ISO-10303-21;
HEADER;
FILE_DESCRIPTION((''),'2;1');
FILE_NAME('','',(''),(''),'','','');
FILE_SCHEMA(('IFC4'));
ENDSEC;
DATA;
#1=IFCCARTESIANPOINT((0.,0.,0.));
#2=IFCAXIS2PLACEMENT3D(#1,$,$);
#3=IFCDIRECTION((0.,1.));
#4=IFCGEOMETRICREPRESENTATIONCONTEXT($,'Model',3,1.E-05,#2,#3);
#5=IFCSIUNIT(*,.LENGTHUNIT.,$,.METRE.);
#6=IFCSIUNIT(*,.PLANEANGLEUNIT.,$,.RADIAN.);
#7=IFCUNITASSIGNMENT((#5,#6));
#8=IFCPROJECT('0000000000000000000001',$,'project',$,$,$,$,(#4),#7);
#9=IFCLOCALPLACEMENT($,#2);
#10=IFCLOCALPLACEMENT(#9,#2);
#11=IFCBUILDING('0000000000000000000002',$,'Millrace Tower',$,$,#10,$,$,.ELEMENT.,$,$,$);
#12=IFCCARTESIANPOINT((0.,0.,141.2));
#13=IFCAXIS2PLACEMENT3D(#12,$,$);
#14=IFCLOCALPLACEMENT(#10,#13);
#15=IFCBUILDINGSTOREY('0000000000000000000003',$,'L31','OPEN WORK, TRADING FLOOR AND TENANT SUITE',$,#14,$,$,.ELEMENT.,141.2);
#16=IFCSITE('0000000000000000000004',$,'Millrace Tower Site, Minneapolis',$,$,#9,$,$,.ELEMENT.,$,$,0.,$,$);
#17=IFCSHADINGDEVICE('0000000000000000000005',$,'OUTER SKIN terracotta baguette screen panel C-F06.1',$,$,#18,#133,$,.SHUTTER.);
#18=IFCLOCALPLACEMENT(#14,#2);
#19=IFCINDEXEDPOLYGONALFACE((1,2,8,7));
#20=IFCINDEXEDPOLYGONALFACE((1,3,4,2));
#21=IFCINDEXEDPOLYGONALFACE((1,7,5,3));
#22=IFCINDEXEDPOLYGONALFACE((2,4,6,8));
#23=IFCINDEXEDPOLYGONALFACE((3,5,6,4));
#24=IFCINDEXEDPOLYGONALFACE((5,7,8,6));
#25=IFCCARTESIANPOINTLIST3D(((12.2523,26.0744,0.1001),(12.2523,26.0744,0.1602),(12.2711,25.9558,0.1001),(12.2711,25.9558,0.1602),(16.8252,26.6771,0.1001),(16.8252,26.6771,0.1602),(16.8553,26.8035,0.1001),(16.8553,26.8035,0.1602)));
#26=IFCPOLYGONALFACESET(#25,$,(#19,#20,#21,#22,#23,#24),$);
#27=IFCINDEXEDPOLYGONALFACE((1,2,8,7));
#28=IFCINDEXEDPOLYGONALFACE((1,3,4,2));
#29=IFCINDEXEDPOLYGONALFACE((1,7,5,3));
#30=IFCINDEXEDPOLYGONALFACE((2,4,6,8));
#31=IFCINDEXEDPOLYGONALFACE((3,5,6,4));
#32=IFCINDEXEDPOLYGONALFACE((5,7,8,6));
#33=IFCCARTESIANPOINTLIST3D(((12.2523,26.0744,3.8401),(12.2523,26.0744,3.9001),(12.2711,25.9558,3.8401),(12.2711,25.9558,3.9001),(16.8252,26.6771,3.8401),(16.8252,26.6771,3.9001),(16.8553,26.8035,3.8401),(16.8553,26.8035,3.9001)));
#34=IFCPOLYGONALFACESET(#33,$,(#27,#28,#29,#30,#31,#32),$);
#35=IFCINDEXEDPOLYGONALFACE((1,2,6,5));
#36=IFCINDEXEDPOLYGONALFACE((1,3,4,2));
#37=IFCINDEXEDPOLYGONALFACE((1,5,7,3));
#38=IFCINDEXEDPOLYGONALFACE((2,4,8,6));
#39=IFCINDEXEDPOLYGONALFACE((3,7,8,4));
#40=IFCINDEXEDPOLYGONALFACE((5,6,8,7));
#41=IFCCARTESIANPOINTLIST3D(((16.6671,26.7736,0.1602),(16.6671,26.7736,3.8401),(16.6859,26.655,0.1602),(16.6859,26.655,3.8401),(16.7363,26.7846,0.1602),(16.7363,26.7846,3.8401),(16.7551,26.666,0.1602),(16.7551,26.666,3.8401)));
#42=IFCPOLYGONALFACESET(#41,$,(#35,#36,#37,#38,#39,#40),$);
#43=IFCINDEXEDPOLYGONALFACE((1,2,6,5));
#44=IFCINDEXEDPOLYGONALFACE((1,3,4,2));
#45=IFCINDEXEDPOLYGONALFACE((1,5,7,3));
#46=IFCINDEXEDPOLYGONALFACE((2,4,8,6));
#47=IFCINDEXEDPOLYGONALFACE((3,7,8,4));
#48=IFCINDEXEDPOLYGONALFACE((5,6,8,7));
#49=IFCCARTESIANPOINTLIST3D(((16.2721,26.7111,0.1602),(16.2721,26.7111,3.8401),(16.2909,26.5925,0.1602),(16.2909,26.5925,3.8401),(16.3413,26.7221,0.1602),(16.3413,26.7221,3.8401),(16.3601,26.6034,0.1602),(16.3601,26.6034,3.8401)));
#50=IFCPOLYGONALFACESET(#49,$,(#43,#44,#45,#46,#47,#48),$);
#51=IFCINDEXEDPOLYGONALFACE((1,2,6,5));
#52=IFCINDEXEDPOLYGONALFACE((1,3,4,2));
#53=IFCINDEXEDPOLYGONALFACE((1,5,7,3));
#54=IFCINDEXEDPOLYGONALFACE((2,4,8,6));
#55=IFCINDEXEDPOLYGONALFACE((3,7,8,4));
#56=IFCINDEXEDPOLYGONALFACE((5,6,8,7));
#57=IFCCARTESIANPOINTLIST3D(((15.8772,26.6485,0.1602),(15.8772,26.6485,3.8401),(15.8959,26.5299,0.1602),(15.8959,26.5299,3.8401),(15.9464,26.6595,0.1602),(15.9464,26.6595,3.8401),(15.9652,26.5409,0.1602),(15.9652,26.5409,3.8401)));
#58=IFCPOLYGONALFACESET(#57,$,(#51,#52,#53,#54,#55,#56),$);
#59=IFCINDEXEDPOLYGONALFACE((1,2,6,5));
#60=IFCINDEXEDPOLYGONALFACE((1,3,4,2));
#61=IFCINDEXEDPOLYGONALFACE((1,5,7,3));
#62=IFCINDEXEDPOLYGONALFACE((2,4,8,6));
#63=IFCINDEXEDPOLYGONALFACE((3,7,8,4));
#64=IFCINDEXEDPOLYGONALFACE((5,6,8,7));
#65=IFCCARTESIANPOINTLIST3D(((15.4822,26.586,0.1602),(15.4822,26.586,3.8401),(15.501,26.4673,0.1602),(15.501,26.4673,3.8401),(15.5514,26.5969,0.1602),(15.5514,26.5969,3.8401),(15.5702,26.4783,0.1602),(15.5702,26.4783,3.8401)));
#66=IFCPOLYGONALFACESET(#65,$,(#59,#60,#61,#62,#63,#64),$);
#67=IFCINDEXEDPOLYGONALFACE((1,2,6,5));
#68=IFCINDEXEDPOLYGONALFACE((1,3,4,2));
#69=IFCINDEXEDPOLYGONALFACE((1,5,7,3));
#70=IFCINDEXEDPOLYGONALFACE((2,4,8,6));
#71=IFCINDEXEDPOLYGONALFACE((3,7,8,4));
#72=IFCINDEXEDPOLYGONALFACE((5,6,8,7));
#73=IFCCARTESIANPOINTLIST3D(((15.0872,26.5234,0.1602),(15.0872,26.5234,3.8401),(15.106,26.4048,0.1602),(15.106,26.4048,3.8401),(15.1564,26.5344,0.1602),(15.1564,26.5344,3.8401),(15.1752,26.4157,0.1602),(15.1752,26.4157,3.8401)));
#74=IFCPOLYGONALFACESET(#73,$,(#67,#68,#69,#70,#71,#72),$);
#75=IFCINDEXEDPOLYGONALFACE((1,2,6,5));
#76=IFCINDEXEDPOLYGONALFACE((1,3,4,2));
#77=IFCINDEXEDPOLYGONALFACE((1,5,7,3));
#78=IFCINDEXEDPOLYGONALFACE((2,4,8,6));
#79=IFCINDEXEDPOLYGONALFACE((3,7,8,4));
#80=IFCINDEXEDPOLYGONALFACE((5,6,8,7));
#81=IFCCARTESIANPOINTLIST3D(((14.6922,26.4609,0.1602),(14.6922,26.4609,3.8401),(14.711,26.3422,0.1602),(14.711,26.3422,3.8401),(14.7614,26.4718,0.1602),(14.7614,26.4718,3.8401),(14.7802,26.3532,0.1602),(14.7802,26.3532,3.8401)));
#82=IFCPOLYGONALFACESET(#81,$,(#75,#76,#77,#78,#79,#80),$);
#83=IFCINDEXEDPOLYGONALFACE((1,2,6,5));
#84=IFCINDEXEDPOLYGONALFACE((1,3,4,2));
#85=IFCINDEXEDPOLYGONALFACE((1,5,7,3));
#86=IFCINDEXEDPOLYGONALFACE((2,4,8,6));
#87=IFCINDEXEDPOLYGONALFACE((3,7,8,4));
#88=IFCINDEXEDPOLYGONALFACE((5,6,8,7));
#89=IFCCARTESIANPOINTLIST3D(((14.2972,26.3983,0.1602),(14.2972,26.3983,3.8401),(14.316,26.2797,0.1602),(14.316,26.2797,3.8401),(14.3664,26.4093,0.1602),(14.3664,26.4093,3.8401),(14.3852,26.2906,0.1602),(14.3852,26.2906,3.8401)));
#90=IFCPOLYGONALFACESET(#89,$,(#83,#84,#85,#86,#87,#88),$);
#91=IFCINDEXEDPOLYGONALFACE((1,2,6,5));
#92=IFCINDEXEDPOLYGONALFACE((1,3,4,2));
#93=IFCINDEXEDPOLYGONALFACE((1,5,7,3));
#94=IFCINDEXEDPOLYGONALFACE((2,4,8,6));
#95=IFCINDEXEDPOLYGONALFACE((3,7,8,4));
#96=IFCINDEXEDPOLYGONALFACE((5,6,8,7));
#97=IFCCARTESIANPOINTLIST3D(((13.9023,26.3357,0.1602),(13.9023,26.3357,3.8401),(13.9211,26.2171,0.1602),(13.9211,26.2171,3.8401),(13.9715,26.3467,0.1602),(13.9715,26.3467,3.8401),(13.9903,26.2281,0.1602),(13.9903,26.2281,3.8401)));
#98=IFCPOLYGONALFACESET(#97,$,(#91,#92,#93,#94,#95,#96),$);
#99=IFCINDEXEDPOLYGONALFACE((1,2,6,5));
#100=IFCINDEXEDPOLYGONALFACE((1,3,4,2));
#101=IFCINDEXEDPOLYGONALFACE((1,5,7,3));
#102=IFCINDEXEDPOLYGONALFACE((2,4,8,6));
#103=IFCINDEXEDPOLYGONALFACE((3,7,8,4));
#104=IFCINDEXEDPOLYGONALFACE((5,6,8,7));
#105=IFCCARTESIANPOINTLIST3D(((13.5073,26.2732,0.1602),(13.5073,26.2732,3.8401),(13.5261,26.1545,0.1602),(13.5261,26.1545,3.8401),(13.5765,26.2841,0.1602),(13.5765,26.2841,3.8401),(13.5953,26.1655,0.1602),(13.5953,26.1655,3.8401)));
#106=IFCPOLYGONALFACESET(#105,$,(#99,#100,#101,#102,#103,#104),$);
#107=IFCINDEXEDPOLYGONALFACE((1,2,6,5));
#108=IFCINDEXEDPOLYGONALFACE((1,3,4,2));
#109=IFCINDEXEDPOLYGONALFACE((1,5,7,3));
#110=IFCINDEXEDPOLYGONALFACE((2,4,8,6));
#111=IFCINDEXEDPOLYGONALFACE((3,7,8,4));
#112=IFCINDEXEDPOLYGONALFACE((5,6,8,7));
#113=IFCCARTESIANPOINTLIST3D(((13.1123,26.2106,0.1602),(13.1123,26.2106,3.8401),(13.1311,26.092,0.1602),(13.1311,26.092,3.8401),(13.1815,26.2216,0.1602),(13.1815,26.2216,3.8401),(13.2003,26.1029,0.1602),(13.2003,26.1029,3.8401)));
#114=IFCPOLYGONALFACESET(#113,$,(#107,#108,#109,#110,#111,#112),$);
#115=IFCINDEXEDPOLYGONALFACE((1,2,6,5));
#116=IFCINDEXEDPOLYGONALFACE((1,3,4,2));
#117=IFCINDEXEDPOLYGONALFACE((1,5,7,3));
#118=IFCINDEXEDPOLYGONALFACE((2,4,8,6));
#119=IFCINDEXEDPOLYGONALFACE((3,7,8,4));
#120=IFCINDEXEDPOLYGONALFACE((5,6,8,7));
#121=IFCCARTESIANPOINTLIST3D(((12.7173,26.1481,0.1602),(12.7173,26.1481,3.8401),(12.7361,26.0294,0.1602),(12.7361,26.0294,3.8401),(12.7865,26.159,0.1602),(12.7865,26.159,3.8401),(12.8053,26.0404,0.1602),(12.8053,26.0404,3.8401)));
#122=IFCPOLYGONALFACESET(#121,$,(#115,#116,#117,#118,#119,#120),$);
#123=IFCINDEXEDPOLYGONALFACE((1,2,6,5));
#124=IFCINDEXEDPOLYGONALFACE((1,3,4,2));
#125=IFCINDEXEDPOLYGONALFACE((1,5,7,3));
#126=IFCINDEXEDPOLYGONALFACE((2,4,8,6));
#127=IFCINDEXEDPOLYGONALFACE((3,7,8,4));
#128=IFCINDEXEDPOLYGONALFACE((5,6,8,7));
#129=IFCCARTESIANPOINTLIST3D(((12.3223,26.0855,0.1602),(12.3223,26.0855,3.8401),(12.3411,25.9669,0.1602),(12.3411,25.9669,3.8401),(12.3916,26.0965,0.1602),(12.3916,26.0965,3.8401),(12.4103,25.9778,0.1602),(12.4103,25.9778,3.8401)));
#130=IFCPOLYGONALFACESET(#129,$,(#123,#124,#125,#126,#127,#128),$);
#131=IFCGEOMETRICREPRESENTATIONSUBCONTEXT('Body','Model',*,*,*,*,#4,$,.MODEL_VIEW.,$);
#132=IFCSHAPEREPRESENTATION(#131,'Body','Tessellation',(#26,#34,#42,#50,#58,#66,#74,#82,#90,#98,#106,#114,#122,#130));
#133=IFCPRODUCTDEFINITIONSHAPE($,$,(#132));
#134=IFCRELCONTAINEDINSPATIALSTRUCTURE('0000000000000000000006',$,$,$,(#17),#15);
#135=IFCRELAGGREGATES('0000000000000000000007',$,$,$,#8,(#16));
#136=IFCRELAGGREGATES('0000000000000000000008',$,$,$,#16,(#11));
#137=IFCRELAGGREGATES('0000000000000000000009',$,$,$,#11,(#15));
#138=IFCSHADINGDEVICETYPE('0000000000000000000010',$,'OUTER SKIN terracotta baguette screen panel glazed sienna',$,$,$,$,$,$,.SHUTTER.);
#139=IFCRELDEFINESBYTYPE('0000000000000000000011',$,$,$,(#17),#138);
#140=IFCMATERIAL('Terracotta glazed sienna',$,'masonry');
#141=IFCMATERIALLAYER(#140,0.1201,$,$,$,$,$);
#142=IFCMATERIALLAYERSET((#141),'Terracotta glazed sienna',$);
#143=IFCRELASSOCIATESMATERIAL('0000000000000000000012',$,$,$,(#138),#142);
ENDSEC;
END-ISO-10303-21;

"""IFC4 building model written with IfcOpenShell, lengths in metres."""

from ifc_helpers import new_model, entity, si_unit, direction, frame, frame_2d, origin, place, context, subcontext, project, spatial, rectangle, extrude, source, transform, mapped, material, layer, layer_set, type_object, element, save


model = new_model("IFC4")

# Units and contexts
model_context = context("Model", 3, precision=1e-05, world=origin(), true_north=direction((0.0, 1.0)))
body_context = subcontext(model_context, "Body", "Model", "MODEL_VIEW")
ifc_project = project(units=[si_unit("LENGTHUNIT", "METRE"), si_unit("PLANEANGLEUNIT", "RADIAN")], contexts=[model_context])

# Site, building, storey
site_placement = place(None, origin())
site = spatial("IfcSite", under=ifc_project, at=site_placement, Name="Millrace Tower Site, Minneapolis", CompositionType="ELEMENT", RefElevation=0.0)
building_placement = place(site_placement, origin())
building = spatial("IfcBuilding", under=site, at=building_placement, Name="Millrace Tower", CompositionType="ELEMENT")
storey_placement = place(building_placement, frame((0.0, 0.0, 141.2)))
storey = spatial("IfcBuildingStorey", under=building, at=storey_placement, Name="L31", Description="OPEN WORK, TRADING FLOOR AND TENANT SUITE", CompositionType="ELEMENT", Elevation=141.2)

# Shading device
ifc_material_1 = material(Name="Terracotta glazed sienna", Category="masonry")
ifc_layer_1 = layer(ifc_material_1, 0.1201)
ifc_layer_set_1 = layer_set([ifc_layer_1], Name="Terracotta glazed sienna")
shading_device_type = type_object("IfcShadingDeviceType", Name="OUTER SKIN terracotta baguette screen panel glazed sienna", PredefinedType="SHUTTER", material=ifc_layer_set_1)
cartesian_point_1 = entity("IfcCartesianPoint", [-2.293, 0.0601])
shared_polyline_1 = entity("IfcPolyline", [cartesian_point_1, entity("IfcCartesianPoint", [2.3179, 0.0601]), entity("IfcCartesianPoint", [2.3179, -0.0601]), entity("IfcCartesianPoint", [-2.3425, -0.0601]), cartesian_point_1])
shared_shape_1 = source(origin(), body_context, "Body", "SweptSolid", [
    entity("IfcExtrudedAreaSolid", entity("IfcArbitraryClosedProfileDef", "AREA", None, shared_polyline_1), entity("IfcAxis2Placement3D", entity("IfcCartesianPoint", [0.0, 0.0, 0.0])), entity("IfcDirection", [0.0, 0.0, 1.0]), 0.0601),
    entity("IfcExtrudedAreaSolid", entity("IfcArbitraryClosedProfileDef", "AREA", None, shared_polyline_1), entity("IfcAxis2Placement3D", entity("IfcCartesianPoint", [0.0, 0.0, 3.74])), entity("IfcDirection", [0.0, 0.0, 1.0]), 0.0601),
    extrude(rectangle(XDim=0.0701, YDim=0.1201, at=frame_2d((-2.187, 0.0))), frame((0.0, 0.0, 0.0601)), (0.0, 0.0, 1.0), 3.6799),
    extrude(rectangle(XDim=0.0701, YDim=0.1201, at=frame_2d((-1.7871, 0.0))), frame((0.0, 0.0, 0.0601)), (0.0, 0.0, 1.0), 3.6799),
    extrude(rectangle(XDim=0.0701, YDim=0.1201, at=frame_2d((-1.3872, 0.0))), frame((0.0, 0.0, 0.0601)), (0.0, 0.0, 1.0), 3.6799),
    extrude(rectangle(XDim=0.0701, YDim=0.1201, at=frame_2d((-0.9873, 0.0))), frame((0.0, 0.0, 0.0601)), (0.0, 0.0, 1.0), 3.6799),
    extrude(rectangle(XDim=0.0701, YDim=0.1201, at=frame_2d((-0.5874, 0.0))), frame((0.0, 0.0, 0.0601)), (0.0, 0.0, 1.0), 3.6799),
    extrude(rectangle(XDim=0.0701, YDim=0.1201, at=frame_2d((-0.1875, 0.0))), frame((0.0, 0.0, 0.0601)), (0.0, 0.0, 1.0), 3.6799),
    extrude(rectangle(XDim=0.0701, YDim=0.1201, at=frame_2d((0.2124, 0.0))), frame((0.0, 0.0, 0.0601)), (0.0, 0.0, 1.0), 3.6799),
    extrude(rectangle(XDim=0.0701, YDim=0.1201, at=frame_2d((0.6123, 0.0))), frame((0.0, 0.0, 0.0601)), (0.0, 0.0, 1.0), 3.6799),
    extrude(rectangle(XDim=0.0701, YDim=0.1201, at=frame_2d((1.0122, 0.0))), frame((0.0, 0.0, 0.0601)), (0.0, 0.0, 1.0), 3.6799),
    extrude(rectangle(XDim=0.0701, YDim=0.1201, at=frame_2d((1.4121, 0.0))), frame((0.0, 0.0, 0.0601)), (0.0, 0.0, 1.0), 3.6799),
    extrude(rectangle(XDim=0.0701, YDim=0.1201, at=frame_2d((1.812, 0.0))), frame((0.0, 0.0, 0.0601)), (0.0, 0.0, 1.0), 3.6799),
    extrude(rectangle(XDim=0.0701, YDim=0.1201, at=frame_2d((2.2119, 0.0))), frame((0.0, 0.0, 0.0601)), (0.0, 0.0, 1.0), 3.6799),
])
shading_device_placement = place(storey_placement, frame((14.551, 26.3777, 0.1001), z_axis=(0.0, 0.0, 1.0), x_axis=(-0.987688, -0.156434, 0.0)))
element("IfcShadingDevice", 1, at=shading_device_placement, inside=storey, type_object=shading_device_type, Name="OUTER SKIN terracotta baguette screen panel C-F06.1", PredefinedType="SHUTTER", context=body_context, shape_type="MappedRepresentation", body=[
    mapped(shared_shape_1, transform((0.0, 0.0, 0.0), scale=1.0)),
])

save(model, "model.ifc")
